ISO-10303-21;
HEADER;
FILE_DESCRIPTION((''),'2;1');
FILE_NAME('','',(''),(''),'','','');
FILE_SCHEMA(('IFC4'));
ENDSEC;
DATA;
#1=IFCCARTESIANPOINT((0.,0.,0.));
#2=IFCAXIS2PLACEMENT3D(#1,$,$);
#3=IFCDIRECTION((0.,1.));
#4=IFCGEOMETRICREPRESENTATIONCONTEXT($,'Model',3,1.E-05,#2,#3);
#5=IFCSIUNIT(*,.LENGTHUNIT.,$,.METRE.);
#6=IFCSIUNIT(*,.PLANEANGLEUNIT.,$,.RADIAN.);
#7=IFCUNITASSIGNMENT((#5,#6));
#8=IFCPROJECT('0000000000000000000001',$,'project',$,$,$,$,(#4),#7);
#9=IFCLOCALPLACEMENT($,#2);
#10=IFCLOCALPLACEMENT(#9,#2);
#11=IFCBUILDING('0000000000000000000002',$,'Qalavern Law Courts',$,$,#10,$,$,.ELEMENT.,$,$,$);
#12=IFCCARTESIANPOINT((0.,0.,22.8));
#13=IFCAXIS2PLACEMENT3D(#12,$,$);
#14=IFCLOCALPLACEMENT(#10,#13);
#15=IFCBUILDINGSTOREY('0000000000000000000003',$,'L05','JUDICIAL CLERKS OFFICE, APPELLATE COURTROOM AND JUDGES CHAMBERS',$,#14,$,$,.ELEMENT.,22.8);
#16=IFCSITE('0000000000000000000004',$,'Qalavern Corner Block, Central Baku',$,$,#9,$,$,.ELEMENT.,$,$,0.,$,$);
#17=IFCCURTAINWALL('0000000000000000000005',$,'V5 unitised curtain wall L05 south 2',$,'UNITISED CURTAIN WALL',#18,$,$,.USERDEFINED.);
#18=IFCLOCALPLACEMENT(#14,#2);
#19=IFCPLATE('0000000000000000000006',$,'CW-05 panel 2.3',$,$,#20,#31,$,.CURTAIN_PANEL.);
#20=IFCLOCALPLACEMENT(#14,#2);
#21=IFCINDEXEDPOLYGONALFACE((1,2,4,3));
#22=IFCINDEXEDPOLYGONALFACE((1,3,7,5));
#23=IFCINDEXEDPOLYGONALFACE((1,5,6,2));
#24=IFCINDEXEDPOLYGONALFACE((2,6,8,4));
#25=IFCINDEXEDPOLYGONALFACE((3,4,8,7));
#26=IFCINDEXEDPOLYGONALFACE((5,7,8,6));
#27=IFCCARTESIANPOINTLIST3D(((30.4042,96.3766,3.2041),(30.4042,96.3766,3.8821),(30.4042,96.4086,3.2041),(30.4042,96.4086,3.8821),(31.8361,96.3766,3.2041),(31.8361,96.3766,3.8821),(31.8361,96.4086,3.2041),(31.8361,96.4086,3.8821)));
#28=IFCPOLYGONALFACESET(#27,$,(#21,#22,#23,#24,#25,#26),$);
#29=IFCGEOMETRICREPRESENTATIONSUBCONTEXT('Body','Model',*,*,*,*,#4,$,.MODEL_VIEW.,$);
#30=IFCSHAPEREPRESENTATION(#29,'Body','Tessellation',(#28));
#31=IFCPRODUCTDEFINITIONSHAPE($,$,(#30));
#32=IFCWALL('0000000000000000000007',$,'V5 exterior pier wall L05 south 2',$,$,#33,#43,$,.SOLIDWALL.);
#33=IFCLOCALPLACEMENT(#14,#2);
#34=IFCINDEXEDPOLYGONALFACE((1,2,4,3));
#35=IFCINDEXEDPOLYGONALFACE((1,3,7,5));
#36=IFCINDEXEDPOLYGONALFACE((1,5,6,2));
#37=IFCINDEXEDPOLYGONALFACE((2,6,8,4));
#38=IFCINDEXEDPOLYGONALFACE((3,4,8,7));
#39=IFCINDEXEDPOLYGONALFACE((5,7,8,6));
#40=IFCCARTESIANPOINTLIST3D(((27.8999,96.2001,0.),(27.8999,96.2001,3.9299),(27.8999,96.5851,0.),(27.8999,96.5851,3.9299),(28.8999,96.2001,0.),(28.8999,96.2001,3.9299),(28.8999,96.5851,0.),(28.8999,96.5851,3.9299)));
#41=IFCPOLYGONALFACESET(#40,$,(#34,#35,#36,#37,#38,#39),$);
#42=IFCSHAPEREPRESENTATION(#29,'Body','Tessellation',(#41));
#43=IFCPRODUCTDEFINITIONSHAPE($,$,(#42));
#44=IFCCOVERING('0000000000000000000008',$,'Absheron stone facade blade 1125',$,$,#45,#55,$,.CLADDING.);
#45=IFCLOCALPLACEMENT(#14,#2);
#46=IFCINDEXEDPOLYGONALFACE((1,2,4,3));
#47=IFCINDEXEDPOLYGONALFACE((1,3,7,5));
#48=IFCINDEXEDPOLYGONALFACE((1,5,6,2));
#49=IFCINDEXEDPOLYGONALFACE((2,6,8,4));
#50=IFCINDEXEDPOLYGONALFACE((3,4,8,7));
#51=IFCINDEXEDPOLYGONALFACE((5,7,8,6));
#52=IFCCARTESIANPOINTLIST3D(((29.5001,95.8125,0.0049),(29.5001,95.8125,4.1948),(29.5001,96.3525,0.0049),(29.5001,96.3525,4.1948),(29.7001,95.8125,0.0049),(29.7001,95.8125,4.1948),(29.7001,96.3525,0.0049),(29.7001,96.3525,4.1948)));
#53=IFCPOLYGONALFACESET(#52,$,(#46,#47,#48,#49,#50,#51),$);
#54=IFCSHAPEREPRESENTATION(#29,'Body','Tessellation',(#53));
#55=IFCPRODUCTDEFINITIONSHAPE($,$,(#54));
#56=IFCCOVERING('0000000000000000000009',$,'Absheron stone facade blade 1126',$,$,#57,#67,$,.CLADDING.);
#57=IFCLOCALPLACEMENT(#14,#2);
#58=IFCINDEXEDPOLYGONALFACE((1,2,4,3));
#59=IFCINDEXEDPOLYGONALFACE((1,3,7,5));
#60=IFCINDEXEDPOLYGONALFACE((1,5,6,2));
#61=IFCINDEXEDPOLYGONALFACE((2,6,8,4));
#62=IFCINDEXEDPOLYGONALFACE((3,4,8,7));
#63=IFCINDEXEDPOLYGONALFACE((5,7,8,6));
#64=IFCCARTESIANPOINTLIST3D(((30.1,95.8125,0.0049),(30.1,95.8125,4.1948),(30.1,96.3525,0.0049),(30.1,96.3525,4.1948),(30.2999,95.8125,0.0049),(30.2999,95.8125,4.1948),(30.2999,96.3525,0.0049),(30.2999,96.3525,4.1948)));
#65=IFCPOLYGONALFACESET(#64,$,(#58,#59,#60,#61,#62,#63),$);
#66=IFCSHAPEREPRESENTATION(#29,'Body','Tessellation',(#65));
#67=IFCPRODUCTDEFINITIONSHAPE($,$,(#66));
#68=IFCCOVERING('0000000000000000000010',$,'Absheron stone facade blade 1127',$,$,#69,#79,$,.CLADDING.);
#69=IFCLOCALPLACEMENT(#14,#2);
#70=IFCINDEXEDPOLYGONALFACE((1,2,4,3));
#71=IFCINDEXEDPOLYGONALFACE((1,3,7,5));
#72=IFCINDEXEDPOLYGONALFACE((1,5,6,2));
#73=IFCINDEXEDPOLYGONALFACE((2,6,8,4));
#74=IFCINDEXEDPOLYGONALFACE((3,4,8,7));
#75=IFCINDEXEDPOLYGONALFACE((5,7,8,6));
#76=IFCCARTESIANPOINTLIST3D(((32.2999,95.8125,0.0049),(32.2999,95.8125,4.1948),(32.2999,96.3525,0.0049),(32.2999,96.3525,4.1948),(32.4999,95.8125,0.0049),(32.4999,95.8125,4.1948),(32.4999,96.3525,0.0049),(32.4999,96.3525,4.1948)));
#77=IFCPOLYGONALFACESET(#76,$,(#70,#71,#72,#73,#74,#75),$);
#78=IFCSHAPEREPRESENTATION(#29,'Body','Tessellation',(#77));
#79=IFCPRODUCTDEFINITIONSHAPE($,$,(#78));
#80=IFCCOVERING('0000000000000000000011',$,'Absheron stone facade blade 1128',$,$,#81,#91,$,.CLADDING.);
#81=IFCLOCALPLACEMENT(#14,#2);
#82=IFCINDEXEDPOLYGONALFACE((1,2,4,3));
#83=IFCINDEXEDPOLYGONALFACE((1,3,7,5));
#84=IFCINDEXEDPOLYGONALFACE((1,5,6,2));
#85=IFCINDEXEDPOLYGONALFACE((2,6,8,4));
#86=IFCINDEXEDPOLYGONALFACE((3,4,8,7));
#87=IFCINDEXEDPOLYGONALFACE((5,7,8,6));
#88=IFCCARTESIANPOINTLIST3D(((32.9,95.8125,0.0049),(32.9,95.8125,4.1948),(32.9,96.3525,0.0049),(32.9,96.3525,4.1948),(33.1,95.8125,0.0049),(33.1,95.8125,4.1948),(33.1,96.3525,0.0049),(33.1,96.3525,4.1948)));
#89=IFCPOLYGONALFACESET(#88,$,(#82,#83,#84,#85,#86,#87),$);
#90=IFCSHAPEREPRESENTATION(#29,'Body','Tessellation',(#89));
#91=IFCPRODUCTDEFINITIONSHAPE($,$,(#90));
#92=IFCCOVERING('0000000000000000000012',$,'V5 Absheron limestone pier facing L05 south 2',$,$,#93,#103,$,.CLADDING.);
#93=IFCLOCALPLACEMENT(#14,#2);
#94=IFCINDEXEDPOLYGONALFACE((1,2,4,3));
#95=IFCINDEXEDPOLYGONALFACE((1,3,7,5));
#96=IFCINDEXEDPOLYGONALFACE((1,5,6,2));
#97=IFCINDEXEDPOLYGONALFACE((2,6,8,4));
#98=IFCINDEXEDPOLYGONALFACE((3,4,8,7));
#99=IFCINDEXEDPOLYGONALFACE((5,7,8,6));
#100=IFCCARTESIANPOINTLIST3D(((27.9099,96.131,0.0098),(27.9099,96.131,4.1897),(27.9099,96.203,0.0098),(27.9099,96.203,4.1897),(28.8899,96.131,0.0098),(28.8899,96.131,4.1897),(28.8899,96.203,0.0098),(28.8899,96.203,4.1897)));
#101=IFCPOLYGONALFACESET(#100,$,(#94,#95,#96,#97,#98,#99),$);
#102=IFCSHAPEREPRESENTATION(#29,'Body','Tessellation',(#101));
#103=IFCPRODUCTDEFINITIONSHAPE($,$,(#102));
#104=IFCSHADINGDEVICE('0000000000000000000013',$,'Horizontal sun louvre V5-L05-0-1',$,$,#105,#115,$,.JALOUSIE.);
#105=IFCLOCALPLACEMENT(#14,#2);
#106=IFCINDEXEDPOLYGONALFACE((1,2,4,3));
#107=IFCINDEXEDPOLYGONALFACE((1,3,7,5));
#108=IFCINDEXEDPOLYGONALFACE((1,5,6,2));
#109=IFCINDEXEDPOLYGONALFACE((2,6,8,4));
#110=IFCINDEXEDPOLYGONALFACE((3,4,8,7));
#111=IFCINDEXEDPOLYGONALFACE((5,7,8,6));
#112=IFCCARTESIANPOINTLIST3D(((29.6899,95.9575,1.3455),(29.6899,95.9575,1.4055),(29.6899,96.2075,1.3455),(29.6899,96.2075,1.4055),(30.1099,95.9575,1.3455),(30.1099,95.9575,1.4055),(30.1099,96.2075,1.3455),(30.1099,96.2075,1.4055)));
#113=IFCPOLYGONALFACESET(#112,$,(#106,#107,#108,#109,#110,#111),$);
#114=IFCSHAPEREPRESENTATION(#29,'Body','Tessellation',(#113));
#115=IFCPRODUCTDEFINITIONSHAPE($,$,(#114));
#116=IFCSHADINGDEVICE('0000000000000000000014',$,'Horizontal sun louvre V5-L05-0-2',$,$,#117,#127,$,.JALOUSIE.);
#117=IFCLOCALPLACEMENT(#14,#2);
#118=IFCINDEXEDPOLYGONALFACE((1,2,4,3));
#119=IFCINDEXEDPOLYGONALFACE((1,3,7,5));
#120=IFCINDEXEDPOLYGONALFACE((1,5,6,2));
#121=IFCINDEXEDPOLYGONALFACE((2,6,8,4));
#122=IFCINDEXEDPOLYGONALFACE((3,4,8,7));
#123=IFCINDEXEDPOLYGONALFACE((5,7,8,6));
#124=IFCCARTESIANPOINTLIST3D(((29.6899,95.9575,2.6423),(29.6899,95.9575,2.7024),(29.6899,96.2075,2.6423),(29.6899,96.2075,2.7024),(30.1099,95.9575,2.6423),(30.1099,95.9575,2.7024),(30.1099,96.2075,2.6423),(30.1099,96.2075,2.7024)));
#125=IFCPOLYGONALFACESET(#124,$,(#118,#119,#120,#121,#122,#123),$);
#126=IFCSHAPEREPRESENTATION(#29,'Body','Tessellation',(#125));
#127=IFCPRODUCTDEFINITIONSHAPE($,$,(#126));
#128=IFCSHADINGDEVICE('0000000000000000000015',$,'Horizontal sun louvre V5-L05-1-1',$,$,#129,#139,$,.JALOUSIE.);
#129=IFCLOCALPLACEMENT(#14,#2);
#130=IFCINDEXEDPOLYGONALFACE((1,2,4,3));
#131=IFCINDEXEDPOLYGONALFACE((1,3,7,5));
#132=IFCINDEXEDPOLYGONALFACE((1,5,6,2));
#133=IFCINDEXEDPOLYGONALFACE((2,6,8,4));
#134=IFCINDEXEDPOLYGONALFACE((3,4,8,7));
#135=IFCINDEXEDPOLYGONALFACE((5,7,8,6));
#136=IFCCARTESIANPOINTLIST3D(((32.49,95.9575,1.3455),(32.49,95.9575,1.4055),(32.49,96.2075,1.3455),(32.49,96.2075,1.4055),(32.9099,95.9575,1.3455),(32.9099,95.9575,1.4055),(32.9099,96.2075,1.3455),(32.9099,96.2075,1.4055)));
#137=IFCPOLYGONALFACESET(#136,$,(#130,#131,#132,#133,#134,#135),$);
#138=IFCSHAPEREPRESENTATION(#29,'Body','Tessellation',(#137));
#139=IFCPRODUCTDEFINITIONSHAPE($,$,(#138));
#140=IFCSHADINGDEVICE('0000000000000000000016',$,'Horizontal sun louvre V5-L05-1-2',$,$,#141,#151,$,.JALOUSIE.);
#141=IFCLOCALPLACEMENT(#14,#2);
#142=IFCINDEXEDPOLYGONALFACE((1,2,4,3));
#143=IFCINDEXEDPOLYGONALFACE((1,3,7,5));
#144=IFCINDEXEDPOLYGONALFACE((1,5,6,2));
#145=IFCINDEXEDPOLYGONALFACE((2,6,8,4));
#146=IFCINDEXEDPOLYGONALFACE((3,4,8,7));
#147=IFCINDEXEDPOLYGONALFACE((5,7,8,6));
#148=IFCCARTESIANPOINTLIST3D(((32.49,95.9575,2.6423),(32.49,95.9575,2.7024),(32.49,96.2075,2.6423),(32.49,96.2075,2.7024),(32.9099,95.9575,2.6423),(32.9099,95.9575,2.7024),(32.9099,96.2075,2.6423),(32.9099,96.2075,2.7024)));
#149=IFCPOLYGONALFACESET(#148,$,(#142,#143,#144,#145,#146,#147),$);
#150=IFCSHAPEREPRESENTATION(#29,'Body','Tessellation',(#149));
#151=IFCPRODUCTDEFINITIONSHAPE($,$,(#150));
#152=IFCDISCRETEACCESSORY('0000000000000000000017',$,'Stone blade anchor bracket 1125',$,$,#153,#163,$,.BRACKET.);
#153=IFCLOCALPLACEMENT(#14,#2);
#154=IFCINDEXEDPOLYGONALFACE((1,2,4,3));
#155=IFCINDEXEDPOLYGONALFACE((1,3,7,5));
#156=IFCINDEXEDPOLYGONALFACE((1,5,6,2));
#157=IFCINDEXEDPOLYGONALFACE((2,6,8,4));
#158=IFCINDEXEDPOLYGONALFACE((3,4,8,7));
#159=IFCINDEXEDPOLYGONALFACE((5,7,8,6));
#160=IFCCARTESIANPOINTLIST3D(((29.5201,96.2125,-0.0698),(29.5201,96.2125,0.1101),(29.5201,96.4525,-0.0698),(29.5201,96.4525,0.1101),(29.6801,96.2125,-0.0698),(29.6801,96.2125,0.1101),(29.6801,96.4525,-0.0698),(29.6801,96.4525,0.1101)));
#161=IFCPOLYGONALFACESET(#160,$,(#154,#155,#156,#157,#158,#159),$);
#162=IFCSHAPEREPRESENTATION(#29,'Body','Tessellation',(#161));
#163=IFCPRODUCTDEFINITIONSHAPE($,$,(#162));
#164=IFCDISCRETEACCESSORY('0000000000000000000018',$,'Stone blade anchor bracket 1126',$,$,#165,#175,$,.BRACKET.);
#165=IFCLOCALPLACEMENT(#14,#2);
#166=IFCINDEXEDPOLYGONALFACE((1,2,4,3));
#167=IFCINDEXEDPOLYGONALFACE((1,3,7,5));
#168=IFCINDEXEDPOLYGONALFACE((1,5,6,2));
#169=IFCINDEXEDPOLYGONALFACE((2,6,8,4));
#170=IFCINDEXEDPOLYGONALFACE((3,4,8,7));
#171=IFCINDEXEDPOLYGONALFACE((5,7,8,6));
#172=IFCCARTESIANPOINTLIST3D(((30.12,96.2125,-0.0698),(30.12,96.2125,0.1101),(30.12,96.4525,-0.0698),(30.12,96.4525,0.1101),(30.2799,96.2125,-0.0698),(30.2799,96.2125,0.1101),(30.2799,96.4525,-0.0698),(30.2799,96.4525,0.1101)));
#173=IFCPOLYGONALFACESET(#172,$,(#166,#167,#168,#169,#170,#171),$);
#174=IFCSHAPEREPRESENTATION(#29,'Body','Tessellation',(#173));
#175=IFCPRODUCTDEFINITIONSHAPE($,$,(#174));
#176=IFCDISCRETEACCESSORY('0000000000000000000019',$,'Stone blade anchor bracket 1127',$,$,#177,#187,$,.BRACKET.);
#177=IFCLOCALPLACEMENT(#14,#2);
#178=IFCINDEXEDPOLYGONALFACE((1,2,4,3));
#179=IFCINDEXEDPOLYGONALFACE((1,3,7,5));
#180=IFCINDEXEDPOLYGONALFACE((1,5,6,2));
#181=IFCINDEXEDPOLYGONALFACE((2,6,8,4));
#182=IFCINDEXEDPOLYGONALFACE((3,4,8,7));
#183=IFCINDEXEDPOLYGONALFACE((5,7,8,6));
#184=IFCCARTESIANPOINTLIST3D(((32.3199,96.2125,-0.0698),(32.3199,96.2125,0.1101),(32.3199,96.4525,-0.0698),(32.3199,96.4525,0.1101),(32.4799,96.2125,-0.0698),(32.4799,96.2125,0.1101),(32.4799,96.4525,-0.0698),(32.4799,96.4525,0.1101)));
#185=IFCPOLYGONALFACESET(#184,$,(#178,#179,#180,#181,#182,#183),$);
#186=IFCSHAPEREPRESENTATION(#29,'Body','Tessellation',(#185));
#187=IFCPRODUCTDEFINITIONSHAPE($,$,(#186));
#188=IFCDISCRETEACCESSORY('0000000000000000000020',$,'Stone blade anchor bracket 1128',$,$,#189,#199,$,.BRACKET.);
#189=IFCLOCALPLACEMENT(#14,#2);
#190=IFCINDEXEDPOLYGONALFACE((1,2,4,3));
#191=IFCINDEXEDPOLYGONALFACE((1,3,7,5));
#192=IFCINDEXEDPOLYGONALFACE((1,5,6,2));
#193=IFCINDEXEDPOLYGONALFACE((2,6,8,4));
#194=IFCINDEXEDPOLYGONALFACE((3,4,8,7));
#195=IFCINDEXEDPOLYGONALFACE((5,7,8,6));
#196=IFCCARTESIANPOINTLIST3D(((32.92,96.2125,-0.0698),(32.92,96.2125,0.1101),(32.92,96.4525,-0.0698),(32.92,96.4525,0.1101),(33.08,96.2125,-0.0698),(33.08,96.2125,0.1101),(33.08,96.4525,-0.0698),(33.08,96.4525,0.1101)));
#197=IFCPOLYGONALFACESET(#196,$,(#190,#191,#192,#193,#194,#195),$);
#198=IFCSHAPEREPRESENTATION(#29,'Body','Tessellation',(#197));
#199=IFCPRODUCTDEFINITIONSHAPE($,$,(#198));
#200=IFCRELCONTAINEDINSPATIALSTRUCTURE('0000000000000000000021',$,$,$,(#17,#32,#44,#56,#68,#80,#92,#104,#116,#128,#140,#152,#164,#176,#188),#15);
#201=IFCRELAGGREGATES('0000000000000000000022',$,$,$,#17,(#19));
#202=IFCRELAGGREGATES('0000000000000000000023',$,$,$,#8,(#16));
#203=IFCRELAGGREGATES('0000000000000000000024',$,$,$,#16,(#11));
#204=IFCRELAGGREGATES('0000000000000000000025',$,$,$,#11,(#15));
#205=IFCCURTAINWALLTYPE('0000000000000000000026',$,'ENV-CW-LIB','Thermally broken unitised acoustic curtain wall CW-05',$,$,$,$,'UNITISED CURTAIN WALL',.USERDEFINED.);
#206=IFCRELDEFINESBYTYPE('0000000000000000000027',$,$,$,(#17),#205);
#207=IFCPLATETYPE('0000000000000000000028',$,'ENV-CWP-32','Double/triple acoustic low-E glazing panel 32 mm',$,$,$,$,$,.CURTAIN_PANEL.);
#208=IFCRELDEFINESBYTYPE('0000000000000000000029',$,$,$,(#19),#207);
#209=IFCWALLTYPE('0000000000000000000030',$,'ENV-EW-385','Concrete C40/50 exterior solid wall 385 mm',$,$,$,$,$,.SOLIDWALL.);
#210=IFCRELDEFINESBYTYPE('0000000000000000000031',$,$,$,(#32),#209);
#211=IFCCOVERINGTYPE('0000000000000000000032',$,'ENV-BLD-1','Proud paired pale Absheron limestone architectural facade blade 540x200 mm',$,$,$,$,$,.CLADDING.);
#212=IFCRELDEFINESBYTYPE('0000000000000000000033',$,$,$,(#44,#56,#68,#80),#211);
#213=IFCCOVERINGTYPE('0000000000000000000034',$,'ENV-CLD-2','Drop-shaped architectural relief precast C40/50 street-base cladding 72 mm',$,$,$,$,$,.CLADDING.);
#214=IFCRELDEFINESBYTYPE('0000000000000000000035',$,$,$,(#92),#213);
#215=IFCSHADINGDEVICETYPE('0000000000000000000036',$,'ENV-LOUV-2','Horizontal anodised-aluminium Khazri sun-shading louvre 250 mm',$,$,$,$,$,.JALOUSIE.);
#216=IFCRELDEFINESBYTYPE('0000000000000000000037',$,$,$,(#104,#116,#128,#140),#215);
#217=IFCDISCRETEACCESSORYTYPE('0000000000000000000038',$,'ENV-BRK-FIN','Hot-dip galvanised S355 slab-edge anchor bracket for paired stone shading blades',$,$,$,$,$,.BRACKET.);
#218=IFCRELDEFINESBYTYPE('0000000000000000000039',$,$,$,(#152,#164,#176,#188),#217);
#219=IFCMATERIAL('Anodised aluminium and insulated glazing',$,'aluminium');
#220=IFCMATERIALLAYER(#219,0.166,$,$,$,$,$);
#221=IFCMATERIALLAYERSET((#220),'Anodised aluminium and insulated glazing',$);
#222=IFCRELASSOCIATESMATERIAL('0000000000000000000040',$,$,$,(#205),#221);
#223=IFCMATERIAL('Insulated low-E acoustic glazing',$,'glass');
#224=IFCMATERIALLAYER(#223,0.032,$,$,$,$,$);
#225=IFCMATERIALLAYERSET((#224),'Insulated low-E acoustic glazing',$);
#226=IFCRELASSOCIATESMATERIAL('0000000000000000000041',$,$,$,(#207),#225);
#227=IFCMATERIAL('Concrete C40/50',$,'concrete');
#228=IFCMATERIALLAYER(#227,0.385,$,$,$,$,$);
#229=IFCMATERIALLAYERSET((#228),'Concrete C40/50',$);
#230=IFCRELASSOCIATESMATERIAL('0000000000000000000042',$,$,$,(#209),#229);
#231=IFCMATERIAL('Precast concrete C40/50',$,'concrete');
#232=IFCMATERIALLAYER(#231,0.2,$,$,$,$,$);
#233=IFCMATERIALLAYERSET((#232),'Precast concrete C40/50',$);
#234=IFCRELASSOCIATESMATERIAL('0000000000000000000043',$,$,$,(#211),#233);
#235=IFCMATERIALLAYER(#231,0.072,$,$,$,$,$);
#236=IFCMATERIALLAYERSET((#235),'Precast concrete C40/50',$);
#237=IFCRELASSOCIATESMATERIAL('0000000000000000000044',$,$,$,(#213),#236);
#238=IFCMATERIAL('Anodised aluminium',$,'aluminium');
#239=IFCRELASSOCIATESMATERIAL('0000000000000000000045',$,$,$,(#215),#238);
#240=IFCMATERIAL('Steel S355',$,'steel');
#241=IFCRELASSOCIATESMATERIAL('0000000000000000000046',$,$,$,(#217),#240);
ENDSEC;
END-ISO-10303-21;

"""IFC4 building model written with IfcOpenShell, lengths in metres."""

from ifc_helpers import new_model, si_unit, direction, frame, frame_2d, origin, origin_2d, place, context, subcontext, project, spatial, rectangle, extrude, material, layer, layer_set, type_object, element, aggregate, save


model = new_model("IFC4")

# Units and contexts
model_context = context("Model", 3, precision=1e-05, world=origin(), true_north=direction((0.0, 1.0)))
body_context = subcontext(model_context, "Body", "Model", "MODEL_VIEW")
ifc_project = project(units=[si_unit("LENGTHUNIT", "METRE"), si_unit("PLANEANGLEUNIT", "RADIAN")], contexts=[model_context])

# Site, building, storey
site_placement = place(None, origin())
site = spatial("IfcSite", under=ifc_project, at=site_placement, Name="Qalavern Corner Block, Central Baku", CompositionType="ELEMENT", RefElevation=0.0)
building_placement = place(site_placement, origin())
building = spatial("IfcBuilding", under=site, at=building_placement, Name="Qalavern Law Courts", CompositionType="ELEMENT")
storey_placement = place(building_placement, frame((0.0, 0.0, 22.8)))
storey = spatial("IfcBuildingStorey", under=building, at=storey_placement, Name="L05", Description="JUDICIAL CLERKS OFFICE, APPELLATE COURTROOM AND JUDGES CHAMBERS", CompositionType="ELEMENT", Elevation=22.8)

# Curtain wall
ifc_material_1 = material(Name="Anodised aluminium and insulated glazing", Category="aluminium")
ifc_layer_1 = layer(ifc_material_1, 0.166)
ifc_layer_set_1 = layer_set([ifc_layer_1], Name="Anodised aluminium and insulated glazing")
curtain_wall_type = type_object("IfcCurtainWallType", Name="ENV-CW-LIB", Description="Thermally broken unitised acoustic curtain wall CW-05", ElementType="UNITISED CURTAIN WALL", PredefinedType="USERDEFINED", material=ifc_layer_set_1)
ifc_material_2 = material(Name="Anodised aluminium", Category="aluminium")
curtain_wall_1_placement = place(storey_placement, origin())
curtain_wall_1 = element("IfcCurtainWall", 1, at=curtain_wall_1_placement, inside=storey, type_object=curtain_wall_type, Name="V5 unitised curtain wall L05 south 2", ObjectType="UNITISED CURTAIN WALL", PredefinedType="USERDEFINED")

# Plate
ifc_material_3 = material(Name="Insulated low-E acoustic glazing", Category="glass")
ifc_layer_2 = layer(ifc_material_3, 0.032)
ifc_layer_set_2 = layer_set([ifc_layer_2], Name="Insulated low-E acoustic glazing")
plate_type_1 = type_object("IfcPlateType", Name="ENV-CWP-32", Description="Double/triple acoustic low-E glazing panel 32 mm", PredefinedType="CURTAIN_PANEL", material=ifc_layer_set_2)
plate_1_placement = place(storey_placement, frame((31.1201, 96.3926, 3.2041), z_axis=(0.0, 0.0, 1.0), x_axis=(1.0, 0.0, 0.0)))
plate_1 = element("IfcPlate", 2, at=plate_1_placement, type_object=plate_type_1, Name="CW-05 panel 2.3", PredefinedType="CURTAIN_PANEL", context=body_context, shape_type="SweptSolid", body=[
    extrude(rectangle(XDim=1.4319, YDim=0.032, at=origin_2d()), origin(), (0.0, 0.0, 1.0), 0.678),
])
aggregate(curtain_wall_1, [plate_1])

# Wall
ifc_material_4 = material(Name="Concrete C40/50", Category="concrete")
ifc_layer_3 = layer(ifc_material_4, 0.385)
ifc_layer_set_3 = layer_set([ifc_layer_3], Name="Concrete C40/50")
wall_type = type_object("IfcWallType", Name="ENV-EW-385", Description="Concrete C40/50 exterior solid wall 385 mm", PredefinedType="SOLIDWALL", material=ifc_layer_set_3)
wall_placement = place(storey_placement, frame((27.8999, 96.3926, 0.0), z_axis=(0.0, 0.0, 1.0), x_axis=(1.0, 0.0, 0.0)))
element("IfcWall", 3, at=wall_placement, inside=storey, type_object=wall_type, Name="V5 exterior pier wall L05 south 2", PredefinedType="SOLIDWALL", context=body_context, shape_type="SweptSolid", body=[
    extrude(rectangle(XDim=1.0, YDim=0.385, at=frame_2d((0.5, 0.0))), origin(), (0.0, 0.0, 1.0), 3.9299),
])

# Coverings
ifc_material_5 = material(Name="Precast concrete C40/50", Category="concrete")
ifc_layer_4 = layer(ifc_material_5, 0.2)
ifc_layer_set_4 = layer_set([ifc_layer_4], Name="Precast concrete C40/50")
covering_type_1 = type_object("IfcCoveringType", Name="ENV-BLD-1", Description="Proud paired pale Absheron limestone architectural facade blade 540x200 mm", PredefinedType="CLADDING", material=ifc_layer_set_4)
for number, where, z_axis, x_axis, name in (
    (4, (29.6001, 96.0825, 0.0049), (0.0, 0.0, 1.0), (0.0, -1.0, 0.0), "Absheron stone facade blade 1125"),
    (5, (30.2, 96.0825, 0.0049), (0.0, 0.0, 1.0), (0.0, -1.0, 0.0), "Absheron stone facade blade 1126"),
    (6, (32.3999, 96.0825, 0.0049), (0.0, 0.0, 1.0), (0.0, -1.0, 0.0), "Absheron stone facade blade 1127"),
    (7, (33.0, 96.0825, 0.0049), (0.0, 0.0, 1.0), (0.0, -1.0, 0.0), "Absheron stone facade blade 1128"),
):
    element("IfcCovering", number, at=place(storey_placement, frame(where, z_axis=z_axis, x_axis=x_axis)), inside=storey, type_object=covering_type_1, Name=name, PredefinedType="CLADDING", context=body_context, shape_type="SweptSolid", body=[
        extrude(rectangle(XDim=0.54, YDim=0.2, at=origin_2d()), origin(), (0.0, 0.0, 1.0), 4.1899),
    ])
ifc_layer_5 = layer(ifc_material_5, 0.072)
ifc_layer_set_5 = layer_set([ifc_layer_5], Name="Precast concrete C40/50")
covering_type_2 = type_object("IfcCoveringType", Name="ENV-CLD-2", Description="Drop-shaped architectural relief precast C40/50 street-base cladding 72 mm", PredefinedType="CLADDING", material=ifc_layer_set_5)
covering_placement = place(storey_placement, frame((28.3999, 96.167, 0.0098), z_axis=(0.0, 0.0, 1.0), x_axis=(1.0, 0.0, 0.0)))
element("IfcCovering", 8, at=covering_placement, inside=storey, type_object=covering_type_2, Name="V5 Absheron limestone pier facing L05 south 2", PredefinedType="CLADDING", context=body_context, shape_type="SweptSolid", body=[
    extrude(rectangle(XDim=0.98, YDim=0.072, at=origin_2d()), origin(), (0.0, 0.0, 1.0), 4.1799),
])

# Shading devices
shading_device_type = type_object("IfcShadingDeviceType", Name="ENV-LOUV-2", Description="Horizontal anodised-aluminium Khazri sun-shading louvre 250 mm", PredefinedType="JALOUSIE", material=ifc_material_2)
for number, where, z_axis, x_axis, name in (
    (9, (29.8999, 96.0825, 1.3455), (0.0, 0.0, 1.0), (1.0, 0.0, 0.0), "Horizontal sun louvre V5-L05-0-1"),
    (10, (29.8999, 96.0825, 2.6423), (0.0, 0.0, 1.0), (1.0, 0.0, 0.0), "Horizontal sun louvre V5-L05-0-2"),
    (11, (32.7, 96.0825, 1.3455), (0.0, 0.0, 1.0), (1.0, 0.0, 0.0), "Horizontal sun louvre V5-L05-1-1"),
    (12, (32.7, 96.0825, 2.6423), (0.0, 0.0, 1.0), (1.0, 0.0, 0.0), "Horizontal sun louvre V5-L05-1-2"),
):
    element("IfcShadingDevice", number, at=place(storey_placement, frame(where, z_axis=z_axis, x_axis=x_axis)), inside=storey, type_object=shading_device_type, Name=name, PredefinedType="JALOUSIE", context=body_context, shape_type="SweptSolid", body=[
        extrude(rectangle(XDim=0.4199, YDim=0.25, at=origin_2d()), origin(), (0.0, 0.0, 1.0), 0.0601),
    ])

# Discrete accessories
ifc_material_6 = material(Name="Steel S355", Category="steel")
discrete_accessory_type = type_object("IfcDiscreteAccessoryType", Name="ENV-BRK-FIN", Description="Hot-dip galvanised S355 slab-edge anchor bracket for paired stone shading blades", PredefinedType="BRACKET", material=ifc_material_6)
for number, where, z_axis, x_axis, name in (
    (13, (29.6001, 96.3325, -0.0698), (0.0, 0.0, 1.0), (0.0, -1.0, 0.0), "Stone blade anchor bracket 1125"),
    (14, (30.2, 96.3325, -0.0698), (0.0, 0.0, 1.0), (0.0, -1.0, 0.0), "Stone blade anchor bracket 1126"),
    (15, (32.3999, 96.3325, -0.0698), (0.0, 0.0, 1.0), (0.0, -1.0, 0.0), "Stone blade anchor bracket 1127"),
    (16, (33.0, 96.3325, -0.0698), (0.0, 0.0, 1.0), (0.0, -1.0, 0.0), "Stone blade anchor bracket 1128"),
):
    element("IfcDiscreteAccessory", number, at=place(storey_placement, frame(where, z_axis=z_axis, x_axis=x_axis)), inside=storey, type_object=discrete_accessory_type, Name=name, PredefinedType="BRACKET", context=body_context, shape_type="SweptSolid", body=[
        extrude(rectangle(XDim=0.24, YDim=0.1599, at=origin_2d()), origin(), (0.0, 0.0, 1.0), 0.1799),
    ])

save(model, "model.ifc")
